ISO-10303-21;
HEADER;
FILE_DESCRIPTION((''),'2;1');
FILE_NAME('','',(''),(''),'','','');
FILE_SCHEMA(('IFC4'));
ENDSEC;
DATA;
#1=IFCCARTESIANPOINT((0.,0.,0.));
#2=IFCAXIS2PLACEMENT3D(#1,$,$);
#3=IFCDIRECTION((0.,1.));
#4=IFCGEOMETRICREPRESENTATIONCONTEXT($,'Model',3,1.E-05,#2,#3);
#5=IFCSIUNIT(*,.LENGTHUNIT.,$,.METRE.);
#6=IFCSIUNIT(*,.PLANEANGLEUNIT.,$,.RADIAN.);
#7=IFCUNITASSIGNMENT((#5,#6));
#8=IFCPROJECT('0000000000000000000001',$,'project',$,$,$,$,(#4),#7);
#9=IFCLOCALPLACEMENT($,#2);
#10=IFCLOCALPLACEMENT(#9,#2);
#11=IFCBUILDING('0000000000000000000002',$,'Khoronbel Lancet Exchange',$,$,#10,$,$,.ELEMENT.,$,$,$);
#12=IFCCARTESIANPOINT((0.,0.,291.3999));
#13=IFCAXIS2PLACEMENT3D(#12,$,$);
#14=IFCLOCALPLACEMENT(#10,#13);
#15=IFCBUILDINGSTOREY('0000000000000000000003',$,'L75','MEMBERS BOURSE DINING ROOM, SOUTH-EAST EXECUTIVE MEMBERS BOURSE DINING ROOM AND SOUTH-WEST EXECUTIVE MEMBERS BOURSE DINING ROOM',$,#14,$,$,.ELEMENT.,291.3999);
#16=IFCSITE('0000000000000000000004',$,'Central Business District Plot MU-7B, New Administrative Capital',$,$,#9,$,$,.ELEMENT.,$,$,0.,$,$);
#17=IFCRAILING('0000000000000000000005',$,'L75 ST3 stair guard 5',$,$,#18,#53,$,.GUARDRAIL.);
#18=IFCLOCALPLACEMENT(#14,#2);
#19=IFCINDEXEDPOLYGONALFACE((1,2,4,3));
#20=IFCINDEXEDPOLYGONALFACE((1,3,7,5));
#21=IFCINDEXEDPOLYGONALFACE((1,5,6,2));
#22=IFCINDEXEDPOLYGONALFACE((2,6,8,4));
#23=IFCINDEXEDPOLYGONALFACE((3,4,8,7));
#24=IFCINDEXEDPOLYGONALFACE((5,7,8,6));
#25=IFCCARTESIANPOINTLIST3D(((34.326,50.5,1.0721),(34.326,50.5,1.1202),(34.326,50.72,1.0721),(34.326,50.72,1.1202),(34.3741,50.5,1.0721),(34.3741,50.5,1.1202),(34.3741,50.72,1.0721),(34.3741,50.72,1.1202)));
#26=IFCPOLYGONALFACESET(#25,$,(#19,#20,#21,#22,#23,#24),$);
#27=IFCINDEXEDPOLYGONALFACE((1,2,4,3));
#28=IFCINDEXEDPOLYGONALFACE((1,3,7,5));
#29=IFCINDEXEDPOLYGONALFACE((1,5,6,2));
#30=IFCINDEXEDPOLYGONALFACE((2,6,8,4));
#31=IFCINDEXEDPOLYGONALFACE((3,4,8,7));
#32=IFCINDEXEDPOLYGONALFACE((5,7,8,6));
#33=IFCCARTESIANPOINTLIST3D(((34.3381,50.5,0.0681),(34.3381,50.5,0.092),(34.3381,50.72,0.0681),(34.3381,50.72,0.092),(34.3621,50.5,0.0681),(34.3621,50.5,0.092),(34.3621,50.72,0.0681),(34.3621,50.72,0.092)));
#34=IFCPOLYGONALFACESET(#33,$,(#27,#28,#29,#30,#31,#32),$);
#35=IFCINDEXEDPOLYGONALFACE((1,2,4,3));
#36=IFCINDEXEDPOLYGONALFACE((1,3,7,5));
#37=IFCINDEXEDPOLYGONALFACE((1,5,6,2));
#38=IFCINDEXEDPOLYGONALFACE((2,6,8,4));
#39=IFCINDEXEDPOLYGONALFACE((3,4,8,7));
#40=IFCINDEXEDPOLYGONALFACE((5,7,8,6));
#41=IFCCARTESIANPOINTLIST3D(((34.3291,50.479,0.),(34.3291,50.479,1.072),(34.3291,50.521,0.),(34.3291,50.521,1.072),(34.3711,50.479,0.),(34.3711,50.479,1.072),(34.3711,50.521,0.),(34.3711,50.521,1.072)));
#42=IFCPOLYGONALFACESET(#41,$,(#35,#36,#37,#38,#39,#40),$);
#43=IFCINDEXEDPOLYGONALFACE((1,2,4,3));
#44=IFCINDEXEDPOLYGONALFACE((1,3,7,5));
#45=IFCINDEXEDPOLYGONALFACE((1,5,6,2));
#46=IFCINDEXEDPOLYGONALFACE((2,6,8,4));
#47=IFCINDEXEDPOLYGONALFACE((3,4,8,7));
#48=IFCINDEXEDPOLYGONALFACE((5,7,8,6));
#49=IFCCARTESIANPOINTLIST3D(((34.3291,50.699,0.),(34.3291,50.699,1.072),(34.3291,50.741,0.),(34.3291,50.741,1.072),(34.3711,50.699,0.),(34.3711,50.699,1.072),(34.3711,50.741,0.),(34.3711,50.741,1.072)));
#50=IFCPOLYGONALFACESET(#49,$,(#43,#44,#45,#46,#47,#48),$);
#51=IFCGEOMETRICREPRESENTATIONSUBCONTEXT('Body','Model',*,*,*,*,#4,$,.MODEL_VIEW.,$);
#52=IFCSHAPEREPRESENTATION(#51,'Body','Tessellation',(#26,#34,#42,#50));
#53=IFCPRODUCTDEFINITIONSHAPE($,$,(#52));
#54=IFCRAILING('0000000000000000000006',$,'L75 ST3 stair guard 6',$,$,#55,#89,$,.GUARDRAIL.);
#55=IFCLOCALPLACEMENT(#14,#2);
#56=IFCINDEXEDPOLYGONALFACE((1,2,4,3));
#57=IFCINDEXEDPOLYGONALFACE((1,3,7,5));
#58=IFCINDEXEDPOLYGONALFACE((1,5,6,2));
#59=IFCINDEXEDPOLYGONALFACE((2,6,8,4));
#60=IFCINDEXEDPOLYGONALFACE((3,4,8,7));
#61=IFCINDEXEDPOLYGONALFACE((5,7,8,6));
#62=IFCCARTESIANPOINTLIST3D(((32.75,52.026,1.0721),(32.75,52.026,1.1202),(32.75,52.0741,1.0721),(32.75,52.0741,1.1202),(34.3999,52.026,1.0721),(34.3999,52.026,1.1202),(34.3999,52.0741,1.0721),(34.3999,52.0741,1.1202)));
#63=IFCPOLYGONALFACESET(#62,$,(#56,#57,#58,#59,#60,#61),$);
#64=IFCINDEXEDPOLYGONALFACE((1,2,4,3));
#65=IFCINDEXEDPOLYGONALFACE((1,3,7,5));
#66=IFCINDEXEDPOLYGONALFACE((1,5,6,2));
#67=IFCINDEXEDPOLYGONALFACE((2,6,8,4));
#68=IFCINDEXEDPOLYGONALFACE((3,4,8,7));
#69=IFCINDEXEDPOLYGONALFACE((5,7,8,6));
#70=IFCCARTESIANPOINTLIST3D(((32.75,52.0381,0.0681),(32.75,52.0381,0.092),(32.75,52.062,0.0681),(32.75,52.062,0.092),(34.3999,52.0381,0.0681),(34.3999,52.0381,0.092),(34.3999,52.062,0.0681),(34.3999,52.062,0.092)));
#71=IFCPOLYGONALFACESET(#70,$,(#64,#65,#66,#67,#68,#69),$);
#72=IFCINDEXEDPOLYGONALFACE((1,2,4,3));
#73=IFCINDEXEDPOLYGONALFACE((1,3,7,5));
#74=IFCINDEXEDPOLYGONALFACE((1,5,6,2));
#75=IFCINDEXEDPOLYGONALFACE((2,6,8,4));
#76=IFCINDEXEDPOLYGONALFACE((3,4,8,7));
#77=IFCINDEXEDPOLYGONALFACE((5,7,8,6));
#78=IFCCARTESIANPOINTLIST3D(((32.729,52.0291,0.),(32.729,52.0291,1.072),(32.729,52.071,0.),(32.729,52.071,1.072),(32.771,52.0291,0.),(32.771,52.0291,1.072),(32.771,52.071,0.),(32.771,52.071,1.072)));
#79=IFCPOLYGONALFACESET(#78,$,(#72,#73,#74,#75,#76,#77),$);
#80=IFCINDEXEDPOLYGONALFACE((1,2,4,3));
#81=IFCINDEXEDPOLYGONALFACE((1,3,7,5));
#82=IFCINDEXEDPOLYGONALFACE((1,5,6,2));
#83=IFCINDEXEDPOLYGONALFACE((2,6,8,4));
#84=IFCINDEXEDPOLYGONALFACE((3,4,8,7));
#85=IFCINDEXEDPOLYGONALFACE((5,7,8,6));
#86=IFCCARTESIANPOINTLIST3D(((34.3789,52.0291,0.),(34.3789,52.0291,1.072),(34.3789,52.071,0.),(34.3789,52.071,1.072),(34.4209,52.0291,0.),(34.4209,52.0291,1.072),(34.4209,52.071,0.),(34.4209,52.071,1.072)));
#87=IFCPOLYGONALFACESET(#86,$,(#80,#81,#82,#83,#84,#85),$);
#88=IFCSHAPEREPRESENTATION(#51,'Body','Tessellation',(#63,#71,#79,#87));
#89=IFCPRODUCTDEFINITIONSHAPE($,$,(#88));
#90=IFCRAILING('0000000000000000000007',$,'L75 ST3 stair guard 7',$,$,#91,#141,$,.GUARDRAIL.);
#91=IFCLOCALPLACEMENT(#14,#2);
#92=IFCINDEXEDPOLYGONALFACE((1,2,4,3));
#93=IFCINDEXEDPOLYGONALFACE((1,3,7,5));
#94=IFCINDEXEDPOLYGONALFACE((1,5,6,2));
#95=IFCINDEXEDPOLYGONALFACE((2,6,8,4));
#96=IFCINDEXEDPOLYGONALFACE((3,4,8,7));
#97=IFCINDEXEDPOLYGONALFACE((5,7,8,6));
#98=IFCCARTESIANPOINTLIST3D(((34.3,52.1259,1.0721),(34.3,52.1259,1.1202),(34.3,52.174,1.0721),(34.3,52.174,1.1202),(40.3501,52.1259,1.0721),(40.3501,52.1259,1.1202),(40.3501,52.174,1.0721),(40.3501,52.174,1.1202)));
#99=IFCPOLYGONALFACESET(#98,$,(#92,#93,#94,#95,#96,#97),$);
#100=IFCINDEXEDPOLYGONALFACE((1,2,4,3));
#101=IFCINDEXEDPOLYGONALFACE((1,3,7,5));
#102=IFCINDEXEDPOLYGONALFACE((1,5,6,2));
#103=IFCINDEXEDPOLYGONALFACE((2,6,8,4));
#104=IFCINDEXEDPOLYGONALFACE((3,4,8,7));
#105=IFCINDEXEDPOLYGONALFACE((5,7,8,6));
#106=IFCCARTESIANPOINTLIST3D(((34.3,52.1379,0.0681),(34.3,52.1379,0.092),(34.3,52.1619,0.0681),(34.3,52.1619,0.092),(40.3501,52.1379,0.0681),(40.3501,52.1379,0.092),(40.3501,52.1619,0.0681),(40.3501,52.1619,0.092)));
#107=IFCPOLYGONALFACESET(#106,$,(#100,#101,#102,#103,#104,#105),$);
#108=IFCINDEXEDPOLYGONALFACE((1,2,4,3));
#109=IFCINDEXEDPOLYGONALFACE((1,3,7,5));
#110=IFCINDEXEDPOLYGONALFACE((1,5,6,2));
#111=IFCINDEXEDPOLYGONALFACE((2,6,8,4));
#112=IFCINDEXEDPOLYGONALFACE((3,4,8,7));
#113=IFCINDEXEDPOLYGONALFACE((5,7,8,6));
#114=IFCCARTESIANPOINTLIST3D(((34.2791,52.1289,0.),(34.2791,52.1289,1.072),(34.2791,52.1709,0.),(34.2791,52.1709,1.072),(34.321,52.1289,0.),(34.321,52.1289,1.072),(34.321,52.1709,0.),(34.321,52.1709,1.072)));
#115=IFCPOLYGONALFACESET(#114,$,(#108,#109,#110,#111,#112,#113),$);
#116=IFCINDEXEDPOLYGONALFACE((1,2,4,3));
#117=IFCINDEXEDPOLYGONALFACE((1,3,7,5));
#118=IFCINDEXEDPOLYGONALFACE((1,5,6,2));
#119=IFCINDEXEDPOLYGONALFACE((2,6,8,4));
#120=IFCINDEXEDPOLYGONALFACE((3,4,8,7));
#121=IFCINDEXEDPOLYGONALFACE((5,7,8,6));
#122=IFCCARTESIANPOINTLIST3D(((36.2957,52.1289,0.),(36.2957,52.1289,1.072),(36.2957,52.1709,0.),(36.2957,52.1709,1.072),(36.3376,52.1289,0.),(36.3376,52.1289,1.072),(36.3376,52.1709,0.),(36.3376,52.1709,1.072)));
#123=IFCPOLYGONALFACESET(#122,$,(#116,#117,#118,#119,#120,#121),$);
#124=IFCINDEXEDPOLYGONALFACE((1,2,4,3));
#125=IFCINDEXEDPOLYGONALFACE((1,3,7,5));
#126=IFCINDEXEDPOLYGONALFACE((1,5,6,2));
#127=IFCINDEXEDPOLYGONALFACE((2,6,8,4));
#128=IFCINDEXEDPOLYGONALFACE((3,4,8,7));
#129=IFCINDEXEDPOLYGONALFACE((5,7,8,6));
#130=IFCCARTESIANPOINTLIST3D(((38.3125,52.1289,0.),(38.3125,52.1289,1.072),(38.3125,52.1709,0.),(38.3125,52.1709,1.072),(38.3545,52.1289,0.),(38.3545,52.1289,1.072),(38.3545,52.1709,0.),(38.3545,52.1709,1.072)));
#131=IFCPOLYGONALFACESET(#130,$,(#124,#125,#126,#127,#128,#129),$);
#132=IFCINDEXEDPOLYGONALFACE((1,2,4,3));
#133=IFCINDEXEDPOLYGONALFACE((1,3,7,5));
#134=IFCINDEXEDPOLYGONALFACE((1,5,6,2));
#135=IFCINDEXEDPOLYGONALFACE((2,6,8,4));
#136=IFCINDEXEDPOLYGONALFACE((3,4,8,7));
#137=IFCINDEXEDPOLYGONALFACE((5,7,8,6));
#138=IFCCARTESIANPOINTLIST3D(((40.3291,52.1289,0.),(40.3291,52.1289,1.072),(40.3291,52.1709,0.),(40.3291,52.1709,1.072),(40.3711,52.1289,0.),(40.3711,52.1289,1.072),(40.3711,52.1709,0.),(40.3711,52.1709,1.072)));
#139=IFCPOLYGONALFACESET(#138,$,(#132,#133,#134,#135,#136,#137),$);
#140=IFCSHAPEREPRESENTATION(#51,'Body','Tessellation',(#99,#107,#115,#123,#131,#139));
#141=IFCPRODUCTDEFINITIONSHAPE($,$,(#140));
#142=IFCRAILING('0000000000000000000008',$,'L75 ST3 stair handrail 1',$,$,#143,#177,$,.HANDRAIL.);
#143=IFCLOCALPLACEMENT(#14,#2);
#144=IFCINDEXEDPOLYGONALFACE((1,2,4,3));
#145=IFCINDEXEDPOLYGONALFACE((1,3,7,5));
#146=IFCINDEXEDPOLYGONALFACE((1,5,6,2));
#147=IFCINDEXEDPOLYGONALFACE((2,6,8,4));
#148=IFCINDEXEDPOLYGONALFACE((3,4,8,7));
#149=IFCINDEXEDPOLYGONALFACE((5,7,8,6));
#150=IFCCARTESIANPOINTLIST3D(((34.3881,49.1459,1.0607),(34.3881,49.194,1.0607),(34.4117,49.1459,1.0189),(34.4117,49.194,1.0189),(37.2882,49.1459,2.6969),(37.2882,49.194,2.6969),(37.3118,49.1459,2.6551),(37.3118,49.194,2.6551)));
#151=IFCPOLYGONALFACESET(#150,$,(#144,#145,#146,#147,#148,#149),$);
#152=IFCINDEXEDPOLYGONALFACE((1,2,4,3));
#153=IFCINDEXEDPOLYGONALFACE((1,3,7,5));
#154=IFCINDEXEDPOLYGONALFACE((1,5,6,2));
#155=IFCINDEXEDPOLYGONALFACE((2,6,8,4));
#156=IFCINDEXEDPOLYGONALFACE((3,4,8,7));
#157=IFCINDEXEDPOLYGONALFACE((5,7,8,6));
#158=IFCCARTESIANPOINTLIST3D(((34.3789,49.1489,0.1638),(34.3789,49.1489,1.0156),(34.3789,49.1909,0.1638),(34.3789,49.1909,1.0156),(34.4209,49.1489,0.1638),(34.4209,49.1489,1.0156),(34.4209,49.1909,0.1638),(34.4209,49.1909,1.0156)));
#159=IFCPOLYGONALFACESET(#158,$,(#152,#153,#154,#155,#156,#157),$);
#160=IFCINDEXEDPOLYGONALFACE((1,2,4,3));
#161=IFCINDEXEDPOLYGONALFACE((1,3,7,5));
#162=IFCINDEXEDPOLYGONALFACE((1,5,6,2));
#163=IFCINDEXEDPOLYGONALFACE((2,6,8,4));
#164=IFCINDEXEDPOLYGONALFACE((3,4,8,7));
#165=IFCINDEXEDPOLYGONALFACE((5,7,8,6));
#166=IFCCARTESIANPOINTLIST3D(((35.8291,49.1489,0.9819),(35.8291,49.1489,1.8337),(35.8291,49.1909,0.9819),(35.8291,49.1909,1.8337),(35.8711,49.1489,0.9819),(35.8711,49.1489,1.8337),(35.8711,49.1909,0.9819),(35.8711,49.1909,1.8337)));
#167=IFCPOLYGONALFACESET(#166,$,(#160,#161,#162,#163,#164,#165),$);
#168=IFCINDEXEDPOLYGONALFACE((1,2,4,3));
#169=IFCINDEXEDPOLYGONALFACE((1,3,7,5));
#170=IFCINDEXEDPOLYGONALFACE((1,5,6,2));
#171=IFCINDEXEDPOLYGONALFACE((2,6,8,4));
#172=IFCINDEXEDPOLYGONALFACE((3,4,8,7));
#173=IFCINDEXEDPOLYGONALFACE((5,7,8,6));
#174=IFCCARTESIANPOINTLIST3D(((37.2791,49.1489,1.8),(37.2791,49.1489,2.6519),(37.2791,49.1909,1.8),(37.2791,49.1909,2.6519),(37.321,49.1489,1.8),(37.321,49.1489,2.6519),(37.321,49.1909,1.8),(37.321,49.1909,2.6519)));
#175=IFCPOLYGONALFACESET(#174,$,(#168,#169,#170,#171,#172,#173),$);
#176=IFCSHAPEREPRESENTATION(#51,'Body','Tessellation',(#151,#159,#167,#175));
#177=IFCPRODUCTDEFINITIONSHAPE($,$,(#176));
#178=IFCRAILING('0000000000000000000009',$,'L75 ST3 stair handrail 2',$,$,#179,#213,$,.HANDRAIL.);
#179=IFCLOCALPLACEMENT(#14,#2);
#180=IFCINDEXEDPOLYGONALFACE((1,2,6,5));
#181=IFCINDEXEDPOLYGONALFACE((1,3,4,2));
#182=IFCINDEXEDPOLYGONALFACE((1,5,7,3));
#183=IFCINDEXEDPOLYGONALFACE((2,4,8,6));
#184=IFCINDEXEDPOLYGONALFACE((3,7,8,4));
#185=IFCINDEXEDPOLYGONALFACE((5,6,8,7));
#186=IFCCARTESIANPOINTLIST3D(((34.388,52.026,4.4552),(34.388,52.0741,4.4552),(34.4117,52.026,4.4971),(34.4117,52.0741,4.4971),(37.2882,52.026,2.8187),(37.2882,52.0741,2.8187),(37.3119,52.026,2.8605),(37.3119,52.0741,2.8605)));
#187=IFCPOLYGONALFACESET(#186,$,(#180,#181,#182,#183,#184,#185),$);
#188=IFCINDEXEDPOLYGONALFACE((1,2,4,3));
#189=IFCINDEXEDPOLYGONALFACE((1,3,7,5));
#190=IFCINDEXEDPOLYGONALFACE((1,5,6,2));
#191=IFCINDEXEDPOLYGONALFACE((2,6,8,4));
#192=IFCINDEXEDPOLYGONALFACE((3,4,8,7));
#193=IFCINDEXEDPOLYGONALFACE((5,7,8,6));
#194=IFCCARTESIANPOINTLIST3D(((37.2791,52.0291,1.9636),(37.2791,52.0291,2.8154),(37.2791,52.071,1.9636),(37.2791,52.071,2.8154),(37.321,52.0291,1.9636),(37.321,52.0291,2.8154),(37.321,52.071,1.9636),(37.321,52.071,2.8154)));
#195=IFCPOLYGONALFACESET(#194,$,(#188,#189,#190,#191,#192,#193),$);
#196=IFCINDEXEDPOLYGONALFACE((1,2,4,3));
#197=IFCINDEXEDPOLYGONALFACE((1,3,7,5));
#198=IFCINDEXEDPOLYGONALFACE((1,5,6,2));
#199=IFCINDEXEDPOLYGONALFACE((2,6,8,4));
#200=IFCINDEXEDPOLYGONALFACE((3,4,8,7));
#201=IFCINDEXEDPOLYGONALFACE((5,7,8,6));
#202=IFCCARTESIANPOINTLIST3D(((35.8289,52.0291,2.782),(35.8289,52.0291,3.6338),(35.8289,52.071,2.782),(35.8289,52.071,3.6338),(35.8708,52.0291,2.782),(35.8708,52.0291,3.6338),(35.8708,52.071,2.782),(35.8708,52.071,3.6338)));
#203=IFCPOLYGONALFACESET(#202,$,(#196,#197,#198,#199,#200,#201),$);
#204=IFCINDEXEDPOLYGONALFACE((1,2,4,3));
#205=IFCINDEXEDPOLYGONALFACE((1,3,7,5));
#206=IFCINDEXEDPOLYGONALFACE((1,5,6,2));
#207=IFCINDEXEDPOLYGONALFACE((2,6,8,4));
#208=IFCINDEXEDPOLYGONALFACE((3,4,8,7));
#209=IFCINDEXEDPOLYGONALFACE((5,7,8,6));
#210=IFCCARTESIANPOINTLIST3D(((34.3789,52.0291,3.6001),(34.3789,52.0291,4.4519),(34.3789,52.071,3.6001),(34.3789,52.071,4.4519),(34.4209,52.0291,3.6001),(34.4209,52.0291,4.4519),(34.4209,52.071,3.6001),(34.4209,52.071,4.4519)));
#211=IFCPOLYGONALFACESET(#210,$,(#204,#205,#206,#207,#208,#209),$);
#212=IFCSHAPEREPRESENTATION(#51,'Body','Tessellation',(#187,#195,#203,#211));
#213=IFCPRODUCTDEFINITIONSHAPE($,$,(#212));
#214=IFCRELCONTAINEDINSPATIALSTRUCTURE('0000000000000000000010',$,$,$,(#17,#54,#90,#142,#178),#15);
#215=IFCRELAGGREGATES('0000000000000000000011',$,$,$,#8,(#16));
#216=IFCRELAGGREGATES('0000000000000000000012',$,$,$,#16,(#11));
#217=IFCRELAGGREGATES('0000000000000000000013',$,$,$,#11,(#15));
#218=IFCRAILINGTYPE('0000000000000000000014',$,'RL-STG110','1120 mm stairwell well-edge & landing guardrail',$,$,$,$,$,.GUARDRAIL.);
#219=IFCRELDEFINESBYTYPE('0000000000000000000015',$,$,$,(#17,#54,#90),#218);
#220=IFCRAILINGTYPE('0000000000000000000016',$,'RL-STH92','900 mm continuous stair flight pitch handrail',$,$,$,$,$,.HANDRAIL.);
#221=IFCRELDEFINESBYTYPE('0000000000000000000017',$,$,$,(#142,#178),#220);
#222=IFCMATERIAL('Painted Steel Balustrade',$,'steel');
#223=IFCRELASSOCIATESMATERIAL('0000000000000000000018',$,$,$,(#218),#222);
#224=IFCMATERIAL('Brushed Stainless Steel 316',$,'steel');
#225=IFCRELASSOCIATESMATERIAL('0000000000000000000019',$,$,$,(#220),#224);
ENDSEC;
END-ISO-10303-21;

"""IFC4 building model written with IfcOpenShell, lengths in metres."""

from ifc_helpers import new_model, si_unit, direction, frame, origin, origin_2d, place, context, subcontext, project, spatial, rectangle, extrude, material, type_object, element, save


model = new_model("IFC4")

# Units and contexts
model_context = context("Model", 3, precision=1e-05, world=origin(), true_north=direction((0.0, 1.0)))
body_context = subcontext(model_context, "Body", "Model", "MODEL_VIEW")
ifc_project = project(units=[si_unit("LENGTHUNIT", "METRE"), si_unit("PLANEANGLEUNIT", "RADIAN")], contexts=[model_context])

# Site, building, storey
site_placement = place(None, origin())
site = spatial("IfcSite", under=ifc_project, at=site_placement, Name="Central Business District Plot MU-7B, New Administrative Capital", CompositionType="ELEMENT", RefElevation=0.0)
building_placement = place(site_placement, origin())
building = spatial("IfcBuilding", under=site, at=building_placement, Name="Khoronbel Lancet Exchange", CompositionType="ELEMENT")
storey_placement = place(building_placement, frame((0.0, 0.0, 291.3999)))
storey = spatial("IfcBuildingStorey", under=building, at=storey_placement, Name="L75", Description="MEMBERS BOURSE DINING ROOM, SOUTH-EAST EXECUTIVE MEMBERS BOURSE DINING ROOM AND SOUTH-WEST EXECUTIVE MEMBERS BOURSE DINING ROOM", CompositionType="ELEMENT", Elevation=291.3999)

# Railings
ifc_material_1 = material(Name="Painted Steel Balustrade", Category="steel")
railing_type_1 = type_object("IfcRailingType", Name="RL-STG110", Description="1120 mm stairwell well-edge & landing guardrail", PredefinedType="GUARDRAIL", material=ifc_material_1)
railing_1_placement = place(storey_placement, frame((34.3501, 50.5, 0.0)))
element("IfcRailing", 1, at=railing_1_placement, inside=storey, type_object=railing_type_1, Name="L75 ST3 stair guard 5", PredefinedType="GUARDRAIL", context=body_context, shape_type="SweptSolid", body=[
    extrude(rectangle(XDim=0.0481, YDim=0.0481, at=origin_2d()), frame((0.0, 0.0, 1.0962), z_axis=(0.0, 1.0, 0.0), x_axis=(-1.0, 0.0, 0.0)), (0.0, 0.0, 1.0), 0.22),
    extrude(rectangle(XDim=0.0239, YDim=0.0239, at=origin_2d()), frame((0.0, 0.0, 0.0801), z_axis=(0.0, 1.0, 0.0), x_axis=(-1.0, 0.0, 0.0)), (0.0, 0.0, 1.0), 0.22),
    extrude(rectangle(XDim=0.042, YDim=0.042, at=origin_2d()), origin(), (0.0, 0.0, 1.0), 1.072),
    extrude(rectangle(XDim=0.042, YDim=0.042, at=origin_2d()), frame((0.0, 0.22, 0.0)), (0.0, 0.0, 1.0), 1.072),
])
railing_2_placement = place(storey_placement, frame((32.75, 52.05, 0.0)))
element("IfcRailing", 2, at=railing_2_placement, inside=storey, type_object=railing_type_1, Name="L75 ST3 stair guard 6", PredefinedType="GUARDRAIL", context=body_context, shape_type="SweptSolid", body=[
    extrude(rectangle(XDim=0.0481, YDim=0.0481, at=origin_2d()), frame((0.0, 0.0, 1.0962), z_axis=(1.0, 0.0, 0.0), x_axis=(0.0, 1.0, 0.0)), (0.0, 0.0, 1.0), 1.6499),
    extrude(rectangle(XDim=0.0239, YDim=0.0239, at=origin_2d()), frame((0.0, 0.0, 0.0801), z_axis=(1.0, 0.0, 0.0), x_axis=(0.0, 1.0, 0.0)), (0.0, 0.0, 1.0), 1.6499),
    extrude(rectangle(XDim=0.042, YDim=0.042, at=origin_2d()), origin(), (0.0, 0.0, 1.0), 1.072),
    extrude(rectangle(XDim=0.042, YDim=0.042, at=origin_2d()), frame((1.6499, 0.0, 0.0)), (0.0, 0.0, 1.0), 1.072),
])
railing_3_placement = place(storey_placement, frame((34.3, 52.1499, 0.0)))
element("IfcRailing", 3, at=railing_3_placement, inside=storey, type_object=railing_type_1, Name="L75 ST3 stair guard 7", PredefinedType="GUARDRAIL", context=body_context, shape_type="SweptSolid", body=[
    extrude(rectangle(XDim=0.0481, YDim=0.0481, at=origin_2d()), frame((0.0, 0.0, 1.0962), z_axis=(1.0, 0.0, 0.0), x_axis=(0.0, 1.0, 0.0)), (0.0, 0.0, 1.0), 6.05),
    extrude(rectangle(XDim=0.0239, YDim=0.0239, at=origin_2d()), frame((0.0, 0.0, 0.0801), z_axis=(1.0, 0.0, 0.0), x_axis=(0.0, 1.0, 0.0)), (0.0, 0.0, 1.0), 6.05),
    extrude(rectangle(XDim=0.042, YDim=0.042, at=origin_2d()), origin(), (0.0, 0.0, 1.0), 1.072),
    extrude(rectangle(XDim=0.042, YDim=0.042, at=origin_2d()), frame((2.0166, 0.0, 0.0)), (0.0, 0.0, 1.0), 1.072),
    extrude(rectangle(XDim=0.042, YDim=0.042, at=origin_2d()), frame((4.0334, 0.0, 0.0)), (0.0, 0.0, 1.0), 1.072),
    extrude(rectangle(XDim=0.042, YDim=0.042, at=origin_2d()), frame((6.05, 0.0, 0.0)), (0.0, 0.0, 1.0), 1.072),
])
ifc_material_2 = material(Name="Brushed Stainless Steel 316", Category="steel")
railing_type_2 = type_object("IfcRailingType", Name="RL-STH92", Description="900 mm continuous stair flight pitch handrail", PredefinedType="HANDRAIL", material=ifc_material_2)
railing_4_placement = place(storey_placement, frame((34.3999, 49.1699, 0.1638)))
element("IfcRailing", 4, at=railing_4_placement, inside=storey, type_object=railing_type_2, Name="L75 ST3 stair handrail 1", PredefinedType="HANDRAIL", context=body_context, shape_type="SweptSolid", body=[
    extrude(rectangle(XDim=0.0481, YDim=0.0481, at=origin_2d()), frame((0.0, 0.0, 0.876), z_axis=(0.870946, 0.0, 0.491378), x_axis=(0.0, 1.0, 0.0)), (0.0, 0.0, 1.0), 3.3298),
    extrude(rectangle(XDim=0.042, YDim=0.042, at=origin_2d()), origin(), (0.0, 0.0, 1.0), 0.8518),
    extrude(rectangle(XDim=0.042, YDim=0.042, at=origin_2d()), frame((1.4502, 0.0, 0.8181)), (0.0, 0.0, 1.0), 0.8518),
    extrude(rectangle(XDim=0.042, YDim=0.042, at=origin_2d()), frame((2.9001, 0.0, 1.6362)), (0.0, 0.0, 1.0), 0.8518),
])
railing_5_placement = place(storey_placement, frame((37.3, 52.05, 1.9636)))
element("IfcRailing", 5, at=railing_5_placement, inside=storey, type_object=railing_type_2, Name="L75 ST3 stair handrail 2", PredefinedType="HANDRAIL", context=body_context, shape_type="SweptSolid", body=[
    extrude(rectangle(XDim=0.0481, YDim=0.0481, at=origin_2d()), frame((0.0, 0.0, 0.876), z_axis=(-0.870915, 0.0, 0.491434), x_axis=(0.0, -1.0, 0.0)), (0.0, 0.0, 1.0), 3.3301),
    extrude(rectangle(XDim=0.042, YDim=0.042, at=origin_2d()), origin(), (0.0, 0.0, 1.0), 0.8518),
    extrude(rectangle(XDim=0.042, YDim=0.042, at=origin_2d()), frame((-1.4502, 0.0, 0.8184)), (0.0, 0.0, 1.0), 0.8518),
    extrude(rectangle(XDim=0.042, YDim=0.042, at=origin_2d()), frame((-2.9001, 0.0, 1.6365)), (0.0, 0.0, 1.0), 0.8518),
])

save(model, "model.ifc")
